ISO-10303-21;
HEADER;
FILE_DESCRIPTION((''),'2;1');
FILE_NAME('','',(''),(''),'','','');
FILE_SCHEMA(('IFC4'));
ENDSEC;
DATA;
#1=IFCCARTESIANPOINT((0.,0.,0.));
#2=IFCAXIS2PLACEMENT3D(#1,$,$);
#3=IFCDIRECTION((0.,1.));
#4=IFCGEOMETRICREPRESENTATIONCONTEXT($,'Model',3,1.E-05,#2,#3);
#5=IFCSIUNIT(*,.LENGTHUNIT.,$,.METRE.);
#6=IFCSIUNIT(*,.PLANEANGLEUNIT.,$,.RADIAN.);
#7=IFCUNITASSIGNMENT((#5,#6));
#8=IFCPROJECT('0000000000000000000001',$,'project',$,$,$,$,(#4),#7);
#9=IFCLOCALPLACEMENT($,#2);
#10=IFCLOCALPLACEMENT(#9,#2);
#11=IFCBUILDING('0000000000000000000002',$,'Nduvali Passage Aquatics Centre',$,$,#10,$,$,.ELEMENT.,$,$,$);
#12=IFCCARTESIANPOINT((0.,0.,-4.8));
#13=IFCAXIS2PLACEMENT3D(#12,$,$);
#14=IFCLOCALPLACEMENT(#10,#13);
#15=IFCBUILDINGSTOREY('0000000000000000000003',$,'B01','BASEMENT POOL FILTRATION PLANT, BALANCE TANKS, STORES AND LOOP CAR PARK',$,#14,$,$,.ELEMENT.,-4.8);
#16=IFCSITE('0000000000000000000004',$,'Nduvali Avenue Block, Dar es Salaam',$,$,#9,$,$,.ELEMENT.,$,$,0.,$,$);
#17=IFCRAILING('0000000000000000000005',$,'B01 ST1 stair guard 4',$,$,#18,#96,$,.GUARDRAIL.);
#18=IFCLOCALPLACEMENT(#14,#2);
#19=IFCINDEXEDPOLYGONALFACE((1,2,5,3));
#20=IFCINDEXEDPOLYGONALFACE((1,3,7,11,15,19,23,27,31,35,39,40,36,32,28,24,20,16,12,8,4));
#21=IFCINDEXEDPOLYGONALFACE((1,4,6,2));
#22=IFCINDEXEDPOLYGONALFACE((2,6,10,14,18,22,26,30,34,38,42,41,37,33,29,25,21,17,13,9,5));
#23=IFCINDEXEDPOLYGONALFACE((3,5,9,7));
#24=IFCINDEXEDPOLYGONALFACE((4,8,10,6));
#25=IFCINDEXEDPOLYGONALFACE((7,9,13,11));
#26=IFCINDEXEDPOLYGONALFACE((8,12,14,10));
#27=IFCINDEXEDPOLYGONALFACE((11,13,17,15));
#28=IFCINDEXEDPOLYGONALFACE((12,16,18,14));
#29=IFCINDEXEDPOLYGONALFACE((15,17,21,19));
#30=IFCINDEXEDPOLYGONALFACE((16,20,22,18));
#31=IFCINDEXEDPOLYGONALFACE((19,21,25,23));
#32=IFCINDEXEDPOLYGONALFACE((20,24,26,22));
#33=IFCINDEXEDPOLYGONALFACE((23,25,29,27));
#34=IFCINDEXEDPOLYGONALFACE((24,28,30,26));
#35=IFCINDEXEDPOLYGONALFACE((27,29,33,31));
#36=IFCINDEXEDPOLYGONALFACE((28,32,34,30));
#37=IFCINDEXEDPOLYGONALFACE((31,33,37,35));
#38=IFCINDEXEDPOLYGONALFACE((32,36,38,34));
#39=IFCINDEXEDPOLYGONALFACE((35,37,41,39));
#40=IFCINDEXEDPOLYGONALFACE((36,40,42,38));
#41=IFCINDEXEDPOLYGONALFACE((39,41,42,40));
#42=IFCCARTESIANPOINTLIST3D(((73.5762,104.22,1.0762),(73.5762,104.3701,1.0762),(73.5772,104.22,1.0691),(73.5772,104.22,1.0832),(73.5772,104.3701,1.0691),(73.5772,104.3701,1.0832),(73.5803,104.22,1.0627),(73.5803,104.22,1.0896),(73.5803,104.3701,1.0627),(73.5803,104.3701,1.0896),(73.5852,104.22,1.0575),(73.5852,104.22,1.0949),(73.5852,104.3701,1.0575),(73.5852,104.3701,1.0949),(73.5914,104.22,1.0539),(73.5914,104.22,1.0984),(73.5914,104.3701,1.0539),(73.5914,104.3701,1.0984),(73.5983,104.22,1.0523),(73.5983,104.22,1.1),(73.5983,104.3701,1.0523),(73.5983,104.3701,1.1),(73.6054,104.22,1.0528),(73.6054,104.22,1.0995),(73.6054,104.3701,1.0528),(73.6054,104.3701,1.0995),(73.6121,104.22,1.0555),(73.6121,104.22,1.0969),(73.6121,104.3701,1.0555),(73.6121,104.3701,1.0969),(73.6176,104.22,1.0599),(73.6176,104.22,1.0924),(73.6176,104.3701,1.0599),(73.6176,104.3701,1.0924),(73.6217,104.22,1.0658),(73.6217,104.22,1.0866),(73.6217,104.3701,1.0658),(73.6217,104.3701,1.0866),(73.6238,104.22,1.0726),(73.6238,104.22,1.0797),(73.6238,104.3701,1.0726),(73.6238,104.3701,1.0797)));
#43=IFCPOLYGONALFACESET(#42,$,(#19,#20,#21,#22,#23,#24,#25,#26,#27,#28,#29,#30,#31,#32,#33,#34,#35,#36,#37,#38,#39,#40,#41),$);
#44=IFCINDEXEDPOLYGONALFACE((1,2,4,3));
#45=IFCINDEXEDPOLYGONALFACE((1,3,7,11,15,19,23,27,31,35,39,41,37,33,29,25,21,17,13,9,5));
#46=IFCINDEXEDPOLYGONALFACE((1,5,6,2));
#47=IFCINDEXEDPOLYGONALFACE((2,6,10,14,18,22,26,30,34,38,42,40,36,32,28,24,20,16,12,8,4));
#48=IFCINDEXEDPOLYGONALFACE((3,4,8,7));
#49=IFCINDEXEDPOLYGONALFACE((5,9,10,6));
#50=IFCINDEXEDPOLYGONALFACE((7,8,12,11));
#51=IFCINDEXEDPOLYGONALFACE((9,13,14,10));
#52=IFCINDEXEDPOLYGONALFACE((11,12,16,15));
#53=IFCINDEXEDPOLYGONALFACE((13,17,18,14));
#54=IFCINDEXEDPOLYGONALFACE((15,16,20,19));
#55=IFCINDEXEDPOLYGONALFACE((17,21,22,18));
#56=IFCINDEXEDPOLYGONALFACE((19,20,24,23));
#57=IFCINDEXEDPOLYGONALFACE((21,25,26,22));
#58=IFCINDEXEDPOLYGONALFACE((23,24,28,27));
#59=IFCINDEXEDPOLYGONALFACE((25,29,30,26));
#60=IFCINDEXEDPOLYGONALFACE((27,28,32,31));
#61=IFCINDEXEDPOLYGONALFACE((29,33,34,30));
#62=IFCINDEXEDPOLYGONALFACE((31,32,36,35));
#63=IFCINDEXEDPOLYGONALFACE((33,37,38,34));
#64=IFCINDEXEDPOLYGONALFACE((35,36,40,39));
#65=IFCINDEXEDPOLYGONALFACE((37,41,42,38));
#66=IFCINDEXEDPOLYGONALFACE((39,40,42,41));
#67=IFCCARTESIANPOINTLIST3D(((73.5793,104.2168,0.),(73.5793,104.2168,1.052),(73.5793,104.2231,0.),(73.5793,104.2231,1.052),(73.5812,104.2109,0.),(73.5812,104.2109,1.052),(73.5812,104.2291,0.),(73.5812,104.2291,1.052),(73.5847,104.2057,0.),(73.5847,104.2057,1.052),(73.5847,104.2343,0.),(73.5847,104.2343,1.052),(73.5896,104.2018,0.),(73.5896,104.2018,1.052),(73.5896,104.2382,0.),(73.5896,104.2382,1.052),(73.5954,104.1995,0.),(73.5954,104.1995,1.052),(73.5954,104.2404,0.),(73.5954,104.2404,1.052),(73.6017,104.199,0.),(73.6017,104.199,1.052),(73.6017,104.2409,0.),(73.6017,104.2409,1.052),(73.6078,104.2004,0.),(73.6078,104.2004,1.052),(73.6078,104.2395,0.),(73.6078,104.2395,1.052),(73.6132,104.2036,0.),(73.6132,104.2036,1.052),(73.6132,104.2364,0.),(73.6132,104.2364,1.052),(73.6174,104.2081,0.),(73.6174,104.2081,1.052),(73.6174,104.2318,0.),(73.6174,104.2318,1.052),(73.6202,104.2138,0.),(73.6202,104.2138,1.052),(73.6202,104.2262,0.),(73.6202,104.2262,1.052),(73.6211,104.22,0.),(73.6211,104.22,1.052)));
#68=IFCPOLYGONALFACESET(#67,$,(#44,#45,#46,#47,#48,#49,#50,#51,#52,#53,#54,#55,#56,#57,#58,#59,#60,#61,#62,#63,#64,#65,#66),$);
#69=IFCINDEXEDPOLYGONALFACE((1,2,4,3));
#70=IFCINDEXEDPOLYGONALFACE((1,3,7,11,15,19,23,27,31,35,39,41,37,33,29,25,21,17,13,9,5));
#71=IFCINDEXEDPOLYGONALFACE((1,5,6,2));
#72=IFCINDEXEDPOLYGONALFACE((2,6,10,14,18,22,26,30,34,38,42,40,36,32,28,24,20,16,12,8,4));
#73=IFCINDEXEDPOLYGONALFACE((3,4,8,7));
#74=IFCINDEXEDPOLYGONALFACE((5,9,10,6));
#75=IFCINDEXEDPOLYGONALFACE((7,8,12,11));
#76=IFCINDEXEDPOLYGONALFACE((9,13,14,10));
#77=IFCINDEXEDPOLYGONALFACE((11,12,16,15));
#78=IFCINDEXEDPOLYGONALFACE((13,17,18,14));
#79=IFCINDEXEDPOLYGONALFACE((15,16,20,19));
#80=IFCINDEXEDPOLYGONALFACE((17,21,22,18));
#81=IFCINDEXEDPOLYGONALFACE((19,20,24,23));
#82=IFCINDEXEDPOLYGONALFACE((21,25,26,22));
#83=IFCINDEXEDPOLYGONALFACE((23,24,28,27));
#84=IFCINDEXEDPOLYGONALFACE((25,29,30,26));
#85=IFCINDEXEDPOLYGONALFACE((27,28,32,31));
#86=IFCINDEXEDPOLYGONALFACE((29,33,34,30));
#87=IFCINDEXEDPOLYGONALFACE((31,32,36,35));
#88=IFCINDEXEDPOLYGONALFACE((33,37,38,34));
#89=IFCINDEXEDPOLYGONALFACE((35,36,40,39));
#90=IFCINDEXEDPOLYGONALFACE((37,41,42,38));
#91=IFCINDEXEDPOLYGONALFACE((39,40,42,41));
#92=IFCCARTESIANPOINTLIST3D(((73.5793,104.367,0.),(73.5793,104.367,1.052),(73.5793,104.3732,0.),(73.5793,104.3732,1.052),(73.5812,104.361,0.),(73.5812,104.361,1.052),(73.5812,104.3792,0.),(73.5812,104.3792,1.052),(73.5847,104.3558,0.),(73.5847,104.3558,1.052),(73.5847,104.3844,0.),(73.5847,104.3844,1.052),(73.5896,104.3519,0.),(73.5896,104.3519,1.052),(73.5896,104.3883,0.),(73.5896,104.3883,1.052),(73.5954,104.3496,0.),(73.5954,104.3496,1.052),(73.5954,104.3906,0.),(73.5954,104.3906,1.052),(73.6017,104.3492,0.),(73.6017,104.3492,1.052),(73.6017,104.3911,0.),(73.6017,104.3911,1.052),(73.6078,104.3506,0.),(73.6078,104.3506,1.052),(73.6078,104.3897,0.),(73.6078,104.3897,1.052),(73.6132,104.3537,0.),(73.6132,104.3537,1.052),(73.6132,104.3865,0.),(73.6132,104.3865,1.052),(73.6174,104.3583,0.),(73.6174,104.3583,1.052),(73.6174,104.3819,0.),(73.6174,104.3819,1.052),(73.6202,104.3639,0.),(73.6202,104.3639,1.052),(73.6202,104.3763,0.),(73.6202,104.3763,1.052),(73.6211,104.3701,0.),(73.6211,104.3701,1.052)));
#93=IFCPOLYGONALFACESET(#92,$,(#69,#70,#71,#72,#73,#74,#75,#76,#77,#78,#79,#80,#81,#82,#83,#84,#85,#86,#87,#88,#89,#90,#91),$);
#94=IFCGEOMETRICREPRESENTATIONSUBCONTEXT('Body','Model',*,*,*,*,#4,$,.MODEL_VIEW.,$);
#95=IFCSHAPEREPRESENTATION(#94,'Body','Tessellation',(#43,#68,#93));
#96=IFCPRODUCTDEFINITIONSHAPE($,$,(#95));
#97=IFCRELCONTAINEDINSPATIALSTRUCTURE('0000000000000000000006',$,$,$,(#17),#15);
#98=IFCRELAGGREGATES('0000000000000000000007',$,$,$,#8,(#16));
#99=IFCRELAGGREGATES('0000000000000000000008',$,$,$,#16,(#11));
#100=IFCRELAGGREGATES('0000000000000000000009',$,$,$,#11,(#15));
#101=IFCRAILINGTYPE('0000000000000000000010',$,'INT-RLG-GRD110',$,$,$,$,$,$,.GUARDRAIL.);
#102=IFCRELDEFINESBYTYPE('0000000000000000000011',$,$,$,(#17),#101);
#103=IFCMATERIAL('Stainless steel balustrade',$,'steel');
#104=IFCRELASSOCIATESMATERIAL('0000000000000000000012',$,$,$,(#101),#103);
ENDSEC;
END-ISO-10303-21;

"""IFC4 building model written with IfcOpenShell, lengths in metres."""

from ifc_helpers import new_model, si_unit, direction, frame, origin, origin_2d, place, context, subcontext, project, spatial, circle, extrude, material, type_object, element, save


model = new_model("IFC4")

# Units and contexts
model_context = context("Model", 3, precision=1e-05, world=origin(), true_north=direction((0.0, 1.0)))
body_context = subcontext(model_context, "Body", "Model", "MODEL_VIEW")
ifc_project = project(units=[si_unit("LENGTHUNIT", "METRE"), si_unit("PLANEANGLEUNIT", "RADIAN")], contexts=[model_context])

# Site, building, storey
site_placement = place(None, origin())
site = spatial("IfcSite", under=ifc_project, at=site_placement, Name="Nduvali Avenue Block, Dar es Salaam", CompositionType="ELEMENT", RefElevation=0.0)
building_placement = place(site_placement, origin())
building = spatial("IfcBuilding", under=site, at=building_placement, Name="Nduvali Passage Aquatics Centre", CompositionType="ELEMENT")
storey_placement = place(building_placement, frame((0.0, 0.0, -4.8)))
storey = spatial("IfcBuildingStorey", under=building, at=storey_placement, Name="B01", Description="BASEMENT POOL FILTRATION PLANT, BALANCE TANKS, STORES AND LOOP CAR PARK", CompositionType="ELEMENT", Elevation=-4.8)

# Railing
ifc_material_1 = material(Name="Stainless steel balustrade", Category="steel")
railing_type_1 = type_object("IfcRailingType", Name="INT-RLG-GRD110", PredefinedType="GUARDRAIL", material=ifc_material_1)
railing_1_placement = place(storey_placement, frame((73.6001, 104.22, 0.0)))
element("IfcRailing", 1, at=railing_1_placement, inside=storey, type_object=railing_type_1, Name="B01 ST1 stair guard 4", PredefinedType="GUARDRAIL", context=body_context, shape_type="SweptSolid", body=[
    extrude(circle(Radius=0.0239, at=origin_2d()), frame((0.0, 0.0, 1.0762), z_axis=(0.0, 1.0, 0.0), x_axis=(-1.0, 0.0, 0.0)), (0.0, 0.0, 1.0), 0.1501),
    extrude(circle(Radius=0.021, at=origin_2d()), origin(), (0.0, 0.0, 1.0), 1.052),
    extrude(circle(Radius=0.021, at=origin_2d()), frame((0.0, 0.1501, 0.0)), (0.0, 0.0, 1.0), 1.052),
])

save(model, "model.ifc")
